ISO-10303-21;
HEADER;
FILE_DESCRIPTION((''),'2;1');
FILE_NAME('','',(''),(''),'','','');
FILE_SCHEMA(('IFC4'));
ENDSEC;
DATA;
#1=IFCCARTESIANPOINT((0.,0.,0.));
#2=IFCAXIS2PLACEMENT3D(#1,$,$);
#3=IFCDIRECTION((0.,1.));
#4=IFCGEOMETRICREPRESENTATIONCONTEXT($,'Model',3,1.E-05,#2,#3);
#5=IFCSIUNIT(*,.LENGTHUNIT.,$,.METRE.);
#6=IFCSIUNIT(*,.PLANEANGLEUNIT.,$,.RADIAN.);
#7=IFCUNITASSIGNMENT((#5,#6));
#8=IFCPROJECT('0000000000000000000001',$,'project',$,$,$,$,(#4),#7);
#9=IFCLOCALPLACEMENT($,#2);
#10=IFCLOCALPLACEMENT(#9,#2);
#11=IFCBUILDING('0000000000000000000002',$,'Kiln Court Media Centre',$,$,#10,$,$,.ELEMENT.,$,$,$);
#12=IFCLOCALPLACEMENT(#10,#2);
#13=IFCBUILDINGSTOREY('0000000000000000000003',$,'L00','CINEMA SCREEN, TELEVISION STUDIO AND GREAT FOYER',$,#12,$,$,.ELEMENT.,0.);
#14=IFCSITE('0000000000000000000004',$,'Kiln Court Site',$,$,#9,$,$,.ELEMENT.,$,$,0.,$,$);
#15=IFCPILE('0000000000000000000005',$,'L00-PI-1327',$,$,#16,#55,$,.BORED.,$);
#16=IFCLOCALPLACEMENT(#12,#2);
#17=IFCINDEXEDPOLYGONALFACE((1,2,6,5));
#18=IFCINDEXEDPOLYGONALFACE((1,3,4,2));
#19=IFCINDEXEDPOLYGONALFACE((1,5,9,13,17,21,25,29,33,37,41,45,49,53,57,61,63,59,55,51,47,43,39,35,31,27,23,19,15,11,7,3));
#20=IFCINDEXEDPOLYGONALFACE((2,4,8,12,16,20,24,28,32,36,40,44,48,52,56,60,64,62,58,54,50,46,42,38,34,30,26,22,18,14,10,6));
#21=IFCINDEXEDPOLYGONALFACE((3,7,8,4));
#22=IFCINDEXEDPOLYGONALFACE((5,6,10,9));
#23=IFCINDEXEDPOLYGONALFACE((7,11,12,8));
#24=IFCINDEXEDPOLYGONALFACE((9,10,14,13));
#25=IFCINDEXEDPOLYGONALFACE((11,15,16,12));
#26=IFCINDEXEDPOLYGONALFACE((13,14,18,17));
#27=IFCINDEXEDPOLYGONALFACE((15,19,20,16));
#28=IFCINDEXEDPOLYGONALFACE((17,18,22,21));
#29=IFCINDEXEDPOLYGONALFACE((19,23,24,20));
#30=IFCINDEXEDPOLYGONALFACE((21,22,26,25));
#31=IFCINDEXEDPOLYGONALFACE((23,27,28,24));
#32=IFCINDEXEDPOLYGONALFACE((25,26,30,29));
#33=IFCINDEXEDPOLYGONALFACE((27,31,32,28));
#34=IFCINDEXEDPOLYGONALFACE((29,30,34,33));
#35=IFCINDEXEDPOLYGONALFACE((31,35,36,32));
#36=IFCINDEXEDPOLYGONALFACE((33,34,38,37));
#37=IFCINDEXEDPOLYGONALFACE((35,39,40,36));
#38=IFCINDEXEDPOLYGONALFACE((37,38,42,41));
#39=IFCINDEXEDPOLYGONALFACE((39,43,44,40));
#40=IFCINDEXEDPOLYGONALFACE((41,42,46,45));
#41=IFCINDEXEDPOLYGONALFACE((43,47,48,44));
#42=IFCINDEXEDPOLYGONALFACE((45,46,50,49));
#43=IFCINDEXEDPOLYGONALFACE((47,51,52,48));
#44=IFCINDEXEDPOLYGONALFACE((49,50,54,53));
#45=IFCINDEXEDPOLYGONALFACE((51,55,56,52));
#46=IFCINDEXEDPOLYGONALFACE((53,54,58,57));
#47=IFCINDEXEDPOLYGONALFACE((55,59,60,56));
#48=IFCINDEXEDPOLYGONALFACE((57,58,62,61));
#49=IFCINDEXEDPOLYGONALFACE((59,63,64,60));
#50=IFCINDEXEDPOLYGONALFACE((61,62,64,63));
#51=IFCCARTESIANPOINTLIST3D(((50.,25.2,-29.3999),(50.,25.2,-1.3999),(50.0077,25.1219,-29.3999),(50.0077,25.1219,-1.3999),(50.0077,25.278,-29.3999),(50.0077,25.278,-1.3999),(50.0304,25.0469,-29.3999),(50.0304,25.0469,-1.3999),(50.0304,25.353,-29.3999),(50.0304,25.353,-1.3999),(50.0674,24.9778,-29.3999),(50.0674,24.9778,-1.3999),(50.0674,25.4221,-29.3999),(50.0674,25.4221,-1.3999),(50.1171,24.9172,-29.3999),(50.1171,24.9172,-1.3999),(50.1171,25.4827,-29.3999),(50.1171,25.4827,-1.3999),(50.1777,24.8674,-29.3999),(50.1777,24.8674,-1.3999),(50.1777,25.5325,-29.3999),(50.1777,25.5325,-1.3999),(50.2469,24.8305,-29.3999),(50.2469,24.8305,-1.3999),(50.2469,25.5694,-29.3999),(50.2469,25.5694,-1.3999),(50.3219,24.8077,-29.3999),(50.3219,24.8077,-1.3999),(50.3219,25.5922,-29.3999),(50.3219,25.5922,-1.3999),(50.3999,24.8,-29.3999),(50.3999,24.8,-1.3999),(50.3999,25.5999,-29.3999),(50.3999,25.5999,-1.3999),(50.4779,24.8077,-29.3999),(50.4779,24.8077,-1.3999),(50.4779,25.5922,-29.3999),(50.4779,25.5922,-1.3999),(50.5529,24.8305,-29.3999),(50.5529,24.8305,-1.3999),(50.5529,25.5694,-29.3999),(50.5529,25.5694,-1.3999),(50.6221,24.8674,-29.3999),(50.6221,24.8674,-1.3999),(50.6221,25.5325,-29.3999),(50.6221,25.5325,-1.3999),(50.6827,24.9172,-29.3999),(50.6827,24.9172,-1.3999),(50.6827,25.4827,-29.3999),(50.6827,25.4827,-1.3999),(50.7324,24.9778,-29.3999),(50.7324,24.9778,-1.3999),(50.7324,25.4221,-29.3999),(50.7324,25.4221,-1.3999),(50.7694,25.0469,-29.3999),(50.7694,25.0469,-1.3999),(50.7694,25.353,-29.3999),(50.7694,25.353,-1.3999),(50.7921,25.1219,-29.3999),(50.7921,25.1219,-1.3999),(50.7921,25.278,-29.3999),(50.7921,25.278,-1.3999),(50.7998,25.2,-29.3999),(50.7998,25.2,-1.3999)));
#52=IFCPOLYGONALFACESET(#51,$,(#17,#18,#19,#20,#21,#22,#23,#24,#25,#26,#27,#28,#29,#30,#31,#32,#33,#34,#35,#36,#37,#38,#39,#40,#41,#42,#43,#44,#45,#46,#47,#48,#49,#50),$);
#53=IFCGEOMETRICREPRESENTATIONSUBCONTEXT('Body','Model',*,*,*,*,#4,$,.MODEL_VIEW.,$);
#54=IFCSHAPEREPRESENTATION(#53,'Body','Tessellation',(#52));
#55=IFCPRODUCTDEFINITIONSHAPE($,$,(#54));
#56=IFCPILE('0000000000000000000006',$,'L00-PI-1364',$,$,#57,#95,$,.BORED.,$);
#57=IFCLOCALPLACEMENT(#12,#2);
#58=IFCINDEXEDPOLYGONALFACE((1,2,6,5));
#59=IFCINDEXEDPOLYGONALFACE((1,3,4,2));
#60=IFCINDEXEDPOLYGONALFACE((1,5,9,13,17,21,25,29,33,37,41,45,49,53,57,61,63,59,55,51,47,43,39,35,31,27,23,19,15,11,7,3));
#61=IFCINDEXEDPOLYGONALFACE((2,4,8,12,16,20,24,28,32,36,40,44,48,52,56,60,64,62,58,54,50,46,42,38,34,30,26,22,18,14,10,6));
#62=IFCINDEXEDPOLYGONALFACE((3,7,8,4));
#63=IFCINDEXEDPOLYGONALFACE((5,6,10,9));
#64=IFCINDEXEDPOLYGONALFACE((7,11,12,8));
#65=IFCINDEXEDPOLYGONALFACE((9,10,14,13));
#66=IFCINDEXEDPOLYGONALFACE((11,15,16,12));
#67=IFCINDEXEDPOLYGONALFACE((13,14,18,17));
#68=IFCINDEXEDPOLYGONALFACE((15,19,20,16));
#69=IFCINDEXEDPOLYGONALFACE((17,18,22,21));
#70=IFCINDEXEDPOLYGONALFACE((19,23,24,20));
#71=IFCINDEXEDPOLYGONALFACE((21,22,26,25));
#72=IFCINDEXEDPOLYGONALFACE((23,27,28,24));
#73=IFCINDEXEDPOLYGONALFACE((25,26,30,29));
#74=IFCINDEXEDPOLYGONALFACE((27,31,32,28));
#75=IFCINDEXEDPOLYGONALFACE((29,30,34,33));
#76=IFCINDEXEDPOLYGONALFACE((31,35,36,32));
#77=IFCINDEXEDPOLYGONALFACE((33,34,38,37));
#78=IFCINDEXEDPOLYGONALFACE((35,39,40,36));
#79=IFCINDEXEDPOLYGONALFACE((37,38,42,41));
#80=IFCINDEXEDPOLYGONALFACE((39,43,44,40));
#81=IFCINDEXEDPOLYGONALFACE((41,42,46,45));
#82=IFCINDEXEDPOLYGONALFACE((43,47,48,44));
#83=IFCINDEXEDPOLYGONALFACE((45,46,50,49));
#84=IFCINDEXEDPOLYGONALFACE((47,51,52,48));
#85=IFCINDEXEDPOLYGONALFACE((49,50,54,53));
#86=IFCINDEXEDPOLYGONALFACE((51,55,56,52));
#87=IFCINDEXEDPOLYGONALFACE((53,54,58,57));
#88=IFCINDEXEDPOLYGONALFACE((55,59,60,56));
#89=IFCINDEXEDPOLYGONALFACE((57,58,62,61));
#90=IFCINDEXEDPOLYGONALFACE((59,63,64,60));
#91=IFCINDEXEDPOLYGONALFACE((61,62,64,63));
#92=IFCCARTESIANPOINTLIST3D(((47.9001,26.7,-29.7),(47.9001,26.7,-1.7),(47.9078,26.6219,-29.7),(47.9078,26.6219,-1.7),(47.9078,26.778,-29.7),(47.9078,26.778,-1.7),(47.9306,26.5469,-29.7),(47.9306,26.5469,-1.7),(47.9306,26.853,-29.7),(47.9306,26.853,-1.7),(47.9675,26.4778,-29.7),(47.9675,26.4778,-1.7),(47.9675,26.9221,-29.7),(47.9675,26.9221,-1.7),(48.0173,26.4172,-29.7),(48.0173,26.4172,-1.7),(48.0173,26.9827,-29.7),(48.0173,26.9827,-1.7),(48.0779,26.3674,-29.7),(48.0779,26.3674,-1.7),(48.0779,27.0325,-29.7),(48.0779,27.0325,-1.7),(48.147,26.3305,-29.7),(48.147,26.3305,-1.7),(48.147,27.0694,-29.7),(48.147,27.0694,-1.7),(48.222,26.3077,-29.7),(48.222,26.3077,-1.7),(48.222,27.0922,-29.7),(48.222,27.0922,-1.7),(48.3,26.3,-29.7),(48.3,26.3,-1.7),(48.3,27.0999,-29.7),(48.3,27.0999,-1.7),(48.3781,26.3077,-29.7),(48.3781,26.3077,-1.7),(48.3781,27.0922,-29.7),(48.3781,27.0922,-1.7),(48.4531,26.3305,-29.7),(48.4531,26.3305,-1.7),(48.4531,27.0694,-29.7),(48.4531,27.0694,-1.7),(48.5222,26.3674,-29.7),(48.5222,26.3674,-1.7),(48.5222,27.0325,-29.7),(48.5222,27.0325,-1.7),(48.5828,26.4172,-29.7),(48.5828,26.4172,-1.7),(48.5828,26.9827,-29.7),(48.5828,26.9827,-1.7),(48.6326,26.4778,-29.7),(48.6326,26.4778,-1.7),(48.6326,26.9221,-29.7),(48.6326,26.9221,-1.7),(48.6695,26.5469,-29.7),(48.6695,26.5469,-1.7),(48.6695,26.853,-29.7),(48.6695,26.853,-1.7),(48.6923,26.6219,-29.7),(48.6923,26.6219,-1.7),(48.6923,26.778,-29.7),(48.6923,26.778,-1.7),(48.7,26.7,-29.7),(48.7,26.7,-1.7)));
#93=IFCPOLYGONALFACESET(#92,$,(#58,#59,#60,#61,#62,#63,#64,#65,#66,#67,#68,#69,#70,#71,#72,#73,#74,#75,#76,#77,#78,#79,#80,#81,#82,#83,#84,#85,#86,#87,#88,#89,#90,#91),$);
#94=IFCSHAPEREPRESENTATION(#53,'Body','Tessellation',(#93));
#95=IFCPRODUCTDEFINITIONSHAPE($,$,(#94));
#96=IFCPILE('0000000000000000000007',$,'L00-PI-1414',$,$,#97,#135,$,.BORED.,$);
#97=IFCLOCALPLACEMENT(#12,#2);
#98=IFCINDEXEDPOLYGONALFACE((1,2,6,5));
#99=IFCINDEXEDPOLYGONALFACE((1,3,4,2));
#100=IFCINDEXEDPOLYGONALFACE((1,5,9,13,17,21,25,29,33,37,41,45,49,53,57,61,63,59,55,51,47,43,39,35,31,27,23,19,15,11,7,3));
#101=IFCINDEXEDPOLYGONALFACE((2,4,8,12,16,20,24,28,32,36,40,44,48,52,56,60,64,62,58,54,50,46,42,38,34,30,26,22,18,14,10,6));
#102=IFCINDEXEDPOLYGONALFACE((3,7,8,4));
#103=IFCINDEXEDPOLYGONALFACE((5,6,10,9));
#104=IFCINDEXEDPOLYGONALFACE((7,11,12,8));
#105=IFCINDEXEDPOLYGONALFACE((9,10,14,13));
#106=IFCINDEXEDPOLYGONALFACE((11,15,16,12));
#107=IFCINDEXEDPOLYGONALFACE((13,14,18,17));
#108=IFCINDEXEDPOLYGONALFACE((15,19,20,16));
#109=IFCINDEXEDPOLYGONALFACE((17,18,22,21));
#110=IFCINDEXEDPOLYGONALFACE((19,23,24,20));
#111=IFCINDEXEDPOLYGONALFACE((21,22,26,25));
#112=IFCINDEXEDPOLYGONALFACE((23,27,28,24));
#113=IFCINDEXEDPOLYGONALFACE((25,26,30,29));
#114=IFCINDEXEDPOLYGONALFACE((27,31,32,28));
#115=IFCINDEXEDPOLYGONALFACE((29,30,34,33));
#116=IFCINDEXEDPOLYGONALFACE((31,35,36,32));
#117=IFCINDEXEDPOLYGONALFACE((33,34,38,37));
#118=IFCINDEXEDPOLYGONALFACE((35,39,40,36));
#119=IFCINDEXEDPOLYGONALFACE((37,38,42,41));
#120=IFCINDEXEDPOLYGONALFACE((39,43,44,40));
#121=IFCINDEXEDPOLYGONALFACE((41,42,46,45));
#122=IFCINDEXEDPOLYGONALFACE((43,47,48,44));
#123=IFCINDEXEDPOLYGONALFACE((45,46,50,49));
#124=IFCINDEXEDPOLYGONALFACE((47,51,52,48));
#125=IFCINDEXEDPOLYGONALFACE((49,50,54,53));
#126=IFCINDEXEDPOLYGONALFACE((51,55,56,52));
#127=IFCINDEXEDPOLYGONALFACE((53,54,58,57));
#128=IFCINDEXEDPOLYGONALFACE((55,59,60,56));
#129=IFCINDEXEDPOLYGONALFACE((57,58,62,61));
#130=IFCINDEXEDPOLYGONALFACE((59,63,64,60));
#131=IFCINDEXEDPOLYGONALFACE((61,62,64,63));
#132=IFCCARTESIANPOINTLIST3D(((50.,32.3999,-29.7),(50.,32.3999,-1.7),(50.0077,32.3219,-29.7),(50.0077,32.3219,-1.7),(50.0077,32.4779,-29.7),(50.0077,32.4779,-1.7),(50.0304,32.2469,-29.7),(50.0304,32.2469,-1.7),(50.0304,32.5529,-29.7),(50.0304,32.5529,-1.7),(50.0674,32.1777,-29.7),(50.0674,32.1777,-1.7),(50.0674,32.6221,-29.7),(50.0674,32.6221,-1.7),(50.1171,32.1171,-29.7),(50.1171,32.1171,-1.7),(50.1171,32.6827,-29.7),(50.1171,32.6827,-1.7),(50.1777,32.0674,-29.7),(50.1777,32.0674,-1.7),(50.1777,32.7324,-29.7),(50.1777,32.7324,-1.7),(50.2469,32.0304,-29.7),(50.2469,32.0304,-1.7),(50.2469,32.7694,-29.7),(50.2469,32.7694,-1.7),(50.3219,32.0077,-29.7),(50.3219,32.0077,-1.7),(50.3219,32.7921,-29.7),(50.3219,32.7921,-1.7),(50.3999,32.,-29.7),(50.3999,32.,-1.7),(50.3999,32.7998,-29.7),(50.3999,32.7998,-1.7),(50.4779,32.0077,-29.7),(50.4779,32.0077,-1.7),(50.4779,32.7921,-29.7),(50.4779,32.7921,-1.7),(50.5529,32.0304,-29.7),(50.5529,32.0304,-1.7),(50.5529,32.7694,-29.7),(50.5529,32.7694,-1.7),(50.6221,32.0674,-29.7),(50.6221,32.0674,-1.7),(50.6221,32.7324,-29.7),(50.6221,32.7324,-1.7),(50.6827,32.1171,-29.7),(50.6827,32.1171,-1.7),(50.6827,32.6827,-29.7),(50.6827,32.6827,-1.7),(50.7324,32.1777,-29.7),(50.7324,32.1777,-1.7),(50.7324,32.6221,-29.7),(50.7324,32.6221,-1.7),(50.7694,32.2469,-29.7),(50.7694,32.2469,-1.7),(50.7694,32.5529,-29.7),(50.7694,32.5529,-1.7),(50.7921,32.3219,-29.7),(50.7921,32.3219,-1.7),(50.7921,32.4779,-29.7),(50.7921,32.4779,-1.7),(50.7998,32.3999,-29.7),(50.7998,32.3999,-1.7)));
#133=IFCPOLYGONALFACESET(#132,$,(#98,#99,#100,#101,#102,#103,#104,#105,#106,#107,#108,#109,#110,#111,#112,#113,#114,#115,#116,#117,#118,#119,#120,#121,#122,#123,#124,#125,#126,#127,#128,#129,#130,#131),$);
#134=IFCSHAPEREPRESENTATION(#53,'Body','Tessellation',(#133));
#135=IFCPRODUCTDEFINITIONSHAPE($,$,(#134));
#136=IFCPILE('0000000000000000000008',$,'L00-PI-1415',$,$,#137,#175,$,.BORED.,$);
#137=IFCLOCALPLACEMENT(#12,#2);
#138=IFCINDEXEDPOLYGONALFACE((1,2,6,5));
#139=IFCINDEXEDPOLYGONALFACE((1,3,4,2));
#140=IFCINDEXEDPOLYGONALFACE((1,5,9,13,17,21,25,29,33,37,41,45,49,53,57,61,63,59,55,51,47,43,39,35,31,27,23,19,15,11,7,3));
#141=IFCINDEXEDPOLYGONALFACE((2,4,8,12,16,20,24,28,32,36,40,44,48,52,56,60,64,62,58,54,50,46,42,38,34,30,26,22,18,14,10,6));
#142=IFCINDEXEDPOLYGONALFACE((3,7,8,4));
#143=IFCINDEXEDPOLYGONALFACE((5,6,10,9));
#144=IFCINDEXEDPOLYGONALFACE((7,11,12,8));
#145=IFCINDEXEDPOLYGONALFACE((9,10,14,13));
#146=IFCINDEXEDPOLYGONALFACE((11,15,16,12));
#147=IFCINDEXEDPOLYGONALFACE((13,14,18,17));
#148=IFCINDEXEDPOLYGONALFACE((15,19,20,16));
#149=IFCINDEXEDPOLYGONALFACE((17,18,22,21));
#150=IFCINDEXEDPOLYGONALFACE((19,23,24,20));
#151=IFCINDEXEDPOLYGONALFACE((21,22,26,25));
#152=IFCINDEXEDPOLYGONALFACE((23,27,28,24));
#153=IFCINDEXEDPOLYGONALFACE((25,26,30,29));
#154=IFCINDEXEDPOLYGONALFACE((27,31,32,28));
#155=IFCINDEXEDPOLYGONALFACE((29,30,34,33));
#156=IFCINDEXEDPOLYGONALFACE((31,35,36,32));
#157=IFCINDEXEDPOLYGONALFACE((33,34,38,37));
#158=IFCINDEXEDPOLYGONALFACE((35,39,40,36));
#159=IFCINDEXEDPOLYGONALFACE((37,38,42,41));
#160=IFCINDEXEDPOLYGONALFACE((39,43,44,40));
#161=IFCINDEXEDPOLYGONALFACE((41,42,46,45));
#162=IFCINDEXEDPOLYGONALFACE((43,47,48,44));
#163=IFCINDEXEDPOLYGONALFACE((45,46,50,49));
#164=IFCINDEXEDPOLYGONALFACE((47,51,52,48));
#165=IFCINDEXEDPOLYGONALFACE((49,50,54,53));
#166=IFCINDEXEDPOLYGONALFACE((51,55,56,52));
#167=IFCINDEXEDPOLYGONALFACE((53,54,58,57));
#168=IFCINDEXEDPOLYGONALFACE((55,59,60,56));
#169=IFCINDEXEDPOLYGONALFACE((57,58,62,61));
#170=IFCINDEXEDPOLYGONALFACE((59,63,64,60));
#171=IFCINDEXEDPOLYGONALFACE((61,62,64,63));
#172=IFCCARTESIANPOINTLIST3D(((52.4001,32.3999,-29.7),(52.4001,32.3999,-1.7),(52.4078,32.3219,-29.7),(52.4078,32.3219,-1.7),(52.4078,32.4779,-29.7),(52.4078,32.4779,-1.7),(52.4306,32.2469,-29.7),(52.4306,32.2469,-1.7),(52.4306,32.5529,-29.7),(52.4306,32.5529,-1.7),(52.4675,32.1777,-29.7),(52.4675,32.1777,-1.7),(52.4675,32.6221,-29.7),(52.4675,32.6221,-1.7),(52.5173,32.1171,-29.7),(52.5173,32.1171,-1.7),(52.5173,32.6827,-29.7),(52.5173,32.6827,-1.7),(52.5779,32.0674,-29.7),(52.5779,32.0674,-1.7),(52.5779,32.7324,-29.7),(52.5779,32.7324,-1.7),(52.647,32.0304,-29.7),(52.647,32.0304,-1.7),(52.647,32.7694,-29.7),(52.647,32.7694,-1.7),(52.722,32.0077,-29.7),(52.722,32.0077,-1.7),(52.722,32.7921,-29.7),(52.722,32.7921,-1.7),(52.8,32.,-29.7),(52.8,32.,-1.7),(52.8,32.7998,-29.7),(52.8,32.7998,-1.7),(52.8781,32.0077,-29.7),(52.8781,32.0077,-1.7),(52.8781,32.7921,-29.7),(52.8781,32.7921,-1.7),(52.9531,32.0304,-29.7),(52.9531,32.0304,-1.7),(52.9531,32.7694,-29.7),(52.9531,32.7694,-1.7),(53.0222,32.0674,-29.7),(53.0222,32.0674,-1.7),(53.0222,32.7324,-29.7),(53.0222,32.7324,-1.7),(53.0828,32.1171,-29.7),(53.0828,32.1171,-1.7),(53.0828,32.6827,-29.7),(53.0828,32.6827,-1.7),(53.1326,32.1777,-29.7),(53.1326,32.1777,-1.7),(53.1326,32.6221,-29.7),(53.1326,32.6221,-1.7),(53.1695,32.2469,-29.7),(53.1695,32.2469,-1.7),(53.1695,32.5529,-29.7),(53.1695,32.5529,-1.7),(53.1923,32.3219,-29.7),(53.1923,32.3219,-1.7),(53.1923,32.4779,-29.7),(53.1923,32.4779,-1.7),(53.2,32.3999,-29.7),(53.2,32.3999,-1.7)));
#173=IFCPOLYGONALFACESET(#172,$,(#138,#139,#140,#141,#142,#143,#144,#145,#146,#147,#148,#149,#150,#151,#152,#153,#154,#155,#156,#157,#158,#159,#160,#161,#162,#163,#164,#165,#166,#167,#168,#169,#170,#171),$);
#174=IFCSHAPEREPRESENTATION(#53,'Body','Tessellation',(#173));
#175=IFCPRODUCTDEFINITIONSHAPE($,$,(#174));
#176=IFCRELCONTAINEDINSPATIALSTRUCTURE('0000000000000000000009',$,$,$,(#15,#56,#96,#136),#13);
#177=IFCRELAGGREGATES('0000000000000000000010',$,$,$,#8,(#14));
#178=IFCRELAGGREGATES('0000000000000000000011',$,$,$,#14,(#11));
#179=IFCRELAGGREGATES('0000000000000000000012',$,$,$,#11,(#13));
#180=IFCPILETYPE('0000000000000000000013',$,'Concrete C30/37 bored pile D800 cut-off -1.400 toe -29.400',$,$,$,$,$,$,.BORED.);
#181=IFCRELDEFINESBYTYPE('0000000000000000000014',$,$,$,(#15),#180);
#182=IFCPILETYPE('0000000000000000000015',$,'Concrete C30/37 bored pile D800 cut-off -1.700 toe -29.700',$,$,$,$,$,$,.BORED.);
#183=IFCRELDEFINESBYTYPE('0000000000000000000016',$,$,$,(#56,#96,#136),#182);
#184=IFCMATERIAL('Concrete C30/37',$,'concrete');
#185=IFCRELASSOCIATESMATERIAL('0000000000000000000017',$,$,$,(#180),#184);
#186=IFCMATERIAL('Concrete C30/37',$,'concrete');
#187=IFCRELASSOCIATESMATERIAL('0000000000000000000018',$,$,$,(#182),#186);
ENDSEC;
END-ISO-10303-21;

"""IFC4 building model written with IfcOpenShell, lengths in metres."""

from ifc_helpers import new_model, si_unit, direction, frame, origin, origin_2d, place, context, subcontext, project, spatial, circle, extrude, material, material_profile, profile_set, type_object, element, save


model = new_model("IFC4")

# Units and contexts
model_context = context("Model", 3, precision=1e-05, world=origin(), true_north=direction((0.0, 1.0)))
body_context = subcontext(model_context, "Body", "Model", "MODEL_VIEW")
ifc_project = project(units=[si_unit("LENGTHUNIT", "METRE"), si_unit("PLANEANGLEUNIT", "RADIAN")], contexts=[model_context])

# Site, building, storey
site_placement = place(None, origin())
site = spatial("IfcSite", under=ifc_project, at=site_placement, Name="Kiln Court Site", CompositionType="ELEMENT", RefElevation=0.0)
building_placement = place(site_placement, origin())
building = spatial("IfcBuilding", under=site, at=building_placement, Name="Kiln Court Media Centre", CompositionType="ELEMENT")
storey_placement = place(building_placement, origin())
storey = spatial("IfcBuildingStorey", under=building, at=storey_placement, Name="L00", Description="CINEMA SCREEN, TELEVISION STUDIO AND GREAT FOYER", CompositionType="ELEMENT", Elevation=0.0)

# Piles
ifc_material_1 = material(Name="Concrete C30/37", Category="concrete")
ifc_material_profile_1 = material_profile(ifc_material_1, circle(Radius=0.3999, at=origin_2d()), Name="PILE D800")
ifc_profile_set_1 = profile_set([ifc_material_profile_1], Name="Concrete C30/37")
pile_type_1 = type_object("IfcPileType", Name="Concrete C30/37 bored pile D800 cut-off -1.400 toe -29.400", PredefinedType="BORED", material=ifc_profile_set_1)
pile_placement = place(storey_placement, frame((50.3999, 25.2, -1.3999), z_axis=(0.0, 0.0, -1.0), x_axis=(1.0, 0.0, 0.0)))
element("IfcPile", 1, at=pile_placement, inside=storey, type_object=pile_type_1, Name="L00-PI-1327", PredefinedType="BORED", context=body_context, shape_type="SweptSolid", body=[
    extrude(circle(Radius=0.3999, at=origin_2d()), origin(), (0.0, 0.0, 1.0), 28.0),
])
ifc_material_2 = material(Name="Concrete C30/37", Category="concrete")
ifc_material_profile_2 = material_profile(ifc_material_2, circle(Radius=0.3999, at=origin_2d()), Name="PILE D800")
ifc_profile_set_2 = profile_set([ifc_material_profile_2], Name="Concrete C30/37")
pile_type_2 = type_object("IfcPileType", Name="Concrete C30/37 bored pile D800 cut-off -1.700 toe -29.700", PredefinedType="BORED", material=ifc_profile_set_2)
for number, where, z_axis, x_axis, name in (
    (2, (48.3, 26.7, -1.7), (0.0, 0.0, -1.0), (1.0, 0.0, 0.0), "L00-PI-1364"),
    (3, (50.3999, 32.3999, -1.7), (0.0, 0.0, -1.0), (1.0, 0.0, 0.0), "L00-PI-1414"),
    (4, (52.8, 32.3999, -1.7), (0.0, 0.0, -1.0), (1.0, 0.0, 0.0), "L00-PI-1415"),
):
    element("IfcPile", number, at=place(storey_placement, frame(where, z_axis=z_axis, x_axis=x_axis)), inside=storey, type_object=pile_type_2, Name=name, PredefinedType="BORED", context=body_context, shape_type="SweptSolid", body=[
        extrude(circle(Radius=0.3999, at=origin_2d()), origin(), (0.0, 0.0, 1.0), 28.0),
    ])

save(model, "model.ifc")
